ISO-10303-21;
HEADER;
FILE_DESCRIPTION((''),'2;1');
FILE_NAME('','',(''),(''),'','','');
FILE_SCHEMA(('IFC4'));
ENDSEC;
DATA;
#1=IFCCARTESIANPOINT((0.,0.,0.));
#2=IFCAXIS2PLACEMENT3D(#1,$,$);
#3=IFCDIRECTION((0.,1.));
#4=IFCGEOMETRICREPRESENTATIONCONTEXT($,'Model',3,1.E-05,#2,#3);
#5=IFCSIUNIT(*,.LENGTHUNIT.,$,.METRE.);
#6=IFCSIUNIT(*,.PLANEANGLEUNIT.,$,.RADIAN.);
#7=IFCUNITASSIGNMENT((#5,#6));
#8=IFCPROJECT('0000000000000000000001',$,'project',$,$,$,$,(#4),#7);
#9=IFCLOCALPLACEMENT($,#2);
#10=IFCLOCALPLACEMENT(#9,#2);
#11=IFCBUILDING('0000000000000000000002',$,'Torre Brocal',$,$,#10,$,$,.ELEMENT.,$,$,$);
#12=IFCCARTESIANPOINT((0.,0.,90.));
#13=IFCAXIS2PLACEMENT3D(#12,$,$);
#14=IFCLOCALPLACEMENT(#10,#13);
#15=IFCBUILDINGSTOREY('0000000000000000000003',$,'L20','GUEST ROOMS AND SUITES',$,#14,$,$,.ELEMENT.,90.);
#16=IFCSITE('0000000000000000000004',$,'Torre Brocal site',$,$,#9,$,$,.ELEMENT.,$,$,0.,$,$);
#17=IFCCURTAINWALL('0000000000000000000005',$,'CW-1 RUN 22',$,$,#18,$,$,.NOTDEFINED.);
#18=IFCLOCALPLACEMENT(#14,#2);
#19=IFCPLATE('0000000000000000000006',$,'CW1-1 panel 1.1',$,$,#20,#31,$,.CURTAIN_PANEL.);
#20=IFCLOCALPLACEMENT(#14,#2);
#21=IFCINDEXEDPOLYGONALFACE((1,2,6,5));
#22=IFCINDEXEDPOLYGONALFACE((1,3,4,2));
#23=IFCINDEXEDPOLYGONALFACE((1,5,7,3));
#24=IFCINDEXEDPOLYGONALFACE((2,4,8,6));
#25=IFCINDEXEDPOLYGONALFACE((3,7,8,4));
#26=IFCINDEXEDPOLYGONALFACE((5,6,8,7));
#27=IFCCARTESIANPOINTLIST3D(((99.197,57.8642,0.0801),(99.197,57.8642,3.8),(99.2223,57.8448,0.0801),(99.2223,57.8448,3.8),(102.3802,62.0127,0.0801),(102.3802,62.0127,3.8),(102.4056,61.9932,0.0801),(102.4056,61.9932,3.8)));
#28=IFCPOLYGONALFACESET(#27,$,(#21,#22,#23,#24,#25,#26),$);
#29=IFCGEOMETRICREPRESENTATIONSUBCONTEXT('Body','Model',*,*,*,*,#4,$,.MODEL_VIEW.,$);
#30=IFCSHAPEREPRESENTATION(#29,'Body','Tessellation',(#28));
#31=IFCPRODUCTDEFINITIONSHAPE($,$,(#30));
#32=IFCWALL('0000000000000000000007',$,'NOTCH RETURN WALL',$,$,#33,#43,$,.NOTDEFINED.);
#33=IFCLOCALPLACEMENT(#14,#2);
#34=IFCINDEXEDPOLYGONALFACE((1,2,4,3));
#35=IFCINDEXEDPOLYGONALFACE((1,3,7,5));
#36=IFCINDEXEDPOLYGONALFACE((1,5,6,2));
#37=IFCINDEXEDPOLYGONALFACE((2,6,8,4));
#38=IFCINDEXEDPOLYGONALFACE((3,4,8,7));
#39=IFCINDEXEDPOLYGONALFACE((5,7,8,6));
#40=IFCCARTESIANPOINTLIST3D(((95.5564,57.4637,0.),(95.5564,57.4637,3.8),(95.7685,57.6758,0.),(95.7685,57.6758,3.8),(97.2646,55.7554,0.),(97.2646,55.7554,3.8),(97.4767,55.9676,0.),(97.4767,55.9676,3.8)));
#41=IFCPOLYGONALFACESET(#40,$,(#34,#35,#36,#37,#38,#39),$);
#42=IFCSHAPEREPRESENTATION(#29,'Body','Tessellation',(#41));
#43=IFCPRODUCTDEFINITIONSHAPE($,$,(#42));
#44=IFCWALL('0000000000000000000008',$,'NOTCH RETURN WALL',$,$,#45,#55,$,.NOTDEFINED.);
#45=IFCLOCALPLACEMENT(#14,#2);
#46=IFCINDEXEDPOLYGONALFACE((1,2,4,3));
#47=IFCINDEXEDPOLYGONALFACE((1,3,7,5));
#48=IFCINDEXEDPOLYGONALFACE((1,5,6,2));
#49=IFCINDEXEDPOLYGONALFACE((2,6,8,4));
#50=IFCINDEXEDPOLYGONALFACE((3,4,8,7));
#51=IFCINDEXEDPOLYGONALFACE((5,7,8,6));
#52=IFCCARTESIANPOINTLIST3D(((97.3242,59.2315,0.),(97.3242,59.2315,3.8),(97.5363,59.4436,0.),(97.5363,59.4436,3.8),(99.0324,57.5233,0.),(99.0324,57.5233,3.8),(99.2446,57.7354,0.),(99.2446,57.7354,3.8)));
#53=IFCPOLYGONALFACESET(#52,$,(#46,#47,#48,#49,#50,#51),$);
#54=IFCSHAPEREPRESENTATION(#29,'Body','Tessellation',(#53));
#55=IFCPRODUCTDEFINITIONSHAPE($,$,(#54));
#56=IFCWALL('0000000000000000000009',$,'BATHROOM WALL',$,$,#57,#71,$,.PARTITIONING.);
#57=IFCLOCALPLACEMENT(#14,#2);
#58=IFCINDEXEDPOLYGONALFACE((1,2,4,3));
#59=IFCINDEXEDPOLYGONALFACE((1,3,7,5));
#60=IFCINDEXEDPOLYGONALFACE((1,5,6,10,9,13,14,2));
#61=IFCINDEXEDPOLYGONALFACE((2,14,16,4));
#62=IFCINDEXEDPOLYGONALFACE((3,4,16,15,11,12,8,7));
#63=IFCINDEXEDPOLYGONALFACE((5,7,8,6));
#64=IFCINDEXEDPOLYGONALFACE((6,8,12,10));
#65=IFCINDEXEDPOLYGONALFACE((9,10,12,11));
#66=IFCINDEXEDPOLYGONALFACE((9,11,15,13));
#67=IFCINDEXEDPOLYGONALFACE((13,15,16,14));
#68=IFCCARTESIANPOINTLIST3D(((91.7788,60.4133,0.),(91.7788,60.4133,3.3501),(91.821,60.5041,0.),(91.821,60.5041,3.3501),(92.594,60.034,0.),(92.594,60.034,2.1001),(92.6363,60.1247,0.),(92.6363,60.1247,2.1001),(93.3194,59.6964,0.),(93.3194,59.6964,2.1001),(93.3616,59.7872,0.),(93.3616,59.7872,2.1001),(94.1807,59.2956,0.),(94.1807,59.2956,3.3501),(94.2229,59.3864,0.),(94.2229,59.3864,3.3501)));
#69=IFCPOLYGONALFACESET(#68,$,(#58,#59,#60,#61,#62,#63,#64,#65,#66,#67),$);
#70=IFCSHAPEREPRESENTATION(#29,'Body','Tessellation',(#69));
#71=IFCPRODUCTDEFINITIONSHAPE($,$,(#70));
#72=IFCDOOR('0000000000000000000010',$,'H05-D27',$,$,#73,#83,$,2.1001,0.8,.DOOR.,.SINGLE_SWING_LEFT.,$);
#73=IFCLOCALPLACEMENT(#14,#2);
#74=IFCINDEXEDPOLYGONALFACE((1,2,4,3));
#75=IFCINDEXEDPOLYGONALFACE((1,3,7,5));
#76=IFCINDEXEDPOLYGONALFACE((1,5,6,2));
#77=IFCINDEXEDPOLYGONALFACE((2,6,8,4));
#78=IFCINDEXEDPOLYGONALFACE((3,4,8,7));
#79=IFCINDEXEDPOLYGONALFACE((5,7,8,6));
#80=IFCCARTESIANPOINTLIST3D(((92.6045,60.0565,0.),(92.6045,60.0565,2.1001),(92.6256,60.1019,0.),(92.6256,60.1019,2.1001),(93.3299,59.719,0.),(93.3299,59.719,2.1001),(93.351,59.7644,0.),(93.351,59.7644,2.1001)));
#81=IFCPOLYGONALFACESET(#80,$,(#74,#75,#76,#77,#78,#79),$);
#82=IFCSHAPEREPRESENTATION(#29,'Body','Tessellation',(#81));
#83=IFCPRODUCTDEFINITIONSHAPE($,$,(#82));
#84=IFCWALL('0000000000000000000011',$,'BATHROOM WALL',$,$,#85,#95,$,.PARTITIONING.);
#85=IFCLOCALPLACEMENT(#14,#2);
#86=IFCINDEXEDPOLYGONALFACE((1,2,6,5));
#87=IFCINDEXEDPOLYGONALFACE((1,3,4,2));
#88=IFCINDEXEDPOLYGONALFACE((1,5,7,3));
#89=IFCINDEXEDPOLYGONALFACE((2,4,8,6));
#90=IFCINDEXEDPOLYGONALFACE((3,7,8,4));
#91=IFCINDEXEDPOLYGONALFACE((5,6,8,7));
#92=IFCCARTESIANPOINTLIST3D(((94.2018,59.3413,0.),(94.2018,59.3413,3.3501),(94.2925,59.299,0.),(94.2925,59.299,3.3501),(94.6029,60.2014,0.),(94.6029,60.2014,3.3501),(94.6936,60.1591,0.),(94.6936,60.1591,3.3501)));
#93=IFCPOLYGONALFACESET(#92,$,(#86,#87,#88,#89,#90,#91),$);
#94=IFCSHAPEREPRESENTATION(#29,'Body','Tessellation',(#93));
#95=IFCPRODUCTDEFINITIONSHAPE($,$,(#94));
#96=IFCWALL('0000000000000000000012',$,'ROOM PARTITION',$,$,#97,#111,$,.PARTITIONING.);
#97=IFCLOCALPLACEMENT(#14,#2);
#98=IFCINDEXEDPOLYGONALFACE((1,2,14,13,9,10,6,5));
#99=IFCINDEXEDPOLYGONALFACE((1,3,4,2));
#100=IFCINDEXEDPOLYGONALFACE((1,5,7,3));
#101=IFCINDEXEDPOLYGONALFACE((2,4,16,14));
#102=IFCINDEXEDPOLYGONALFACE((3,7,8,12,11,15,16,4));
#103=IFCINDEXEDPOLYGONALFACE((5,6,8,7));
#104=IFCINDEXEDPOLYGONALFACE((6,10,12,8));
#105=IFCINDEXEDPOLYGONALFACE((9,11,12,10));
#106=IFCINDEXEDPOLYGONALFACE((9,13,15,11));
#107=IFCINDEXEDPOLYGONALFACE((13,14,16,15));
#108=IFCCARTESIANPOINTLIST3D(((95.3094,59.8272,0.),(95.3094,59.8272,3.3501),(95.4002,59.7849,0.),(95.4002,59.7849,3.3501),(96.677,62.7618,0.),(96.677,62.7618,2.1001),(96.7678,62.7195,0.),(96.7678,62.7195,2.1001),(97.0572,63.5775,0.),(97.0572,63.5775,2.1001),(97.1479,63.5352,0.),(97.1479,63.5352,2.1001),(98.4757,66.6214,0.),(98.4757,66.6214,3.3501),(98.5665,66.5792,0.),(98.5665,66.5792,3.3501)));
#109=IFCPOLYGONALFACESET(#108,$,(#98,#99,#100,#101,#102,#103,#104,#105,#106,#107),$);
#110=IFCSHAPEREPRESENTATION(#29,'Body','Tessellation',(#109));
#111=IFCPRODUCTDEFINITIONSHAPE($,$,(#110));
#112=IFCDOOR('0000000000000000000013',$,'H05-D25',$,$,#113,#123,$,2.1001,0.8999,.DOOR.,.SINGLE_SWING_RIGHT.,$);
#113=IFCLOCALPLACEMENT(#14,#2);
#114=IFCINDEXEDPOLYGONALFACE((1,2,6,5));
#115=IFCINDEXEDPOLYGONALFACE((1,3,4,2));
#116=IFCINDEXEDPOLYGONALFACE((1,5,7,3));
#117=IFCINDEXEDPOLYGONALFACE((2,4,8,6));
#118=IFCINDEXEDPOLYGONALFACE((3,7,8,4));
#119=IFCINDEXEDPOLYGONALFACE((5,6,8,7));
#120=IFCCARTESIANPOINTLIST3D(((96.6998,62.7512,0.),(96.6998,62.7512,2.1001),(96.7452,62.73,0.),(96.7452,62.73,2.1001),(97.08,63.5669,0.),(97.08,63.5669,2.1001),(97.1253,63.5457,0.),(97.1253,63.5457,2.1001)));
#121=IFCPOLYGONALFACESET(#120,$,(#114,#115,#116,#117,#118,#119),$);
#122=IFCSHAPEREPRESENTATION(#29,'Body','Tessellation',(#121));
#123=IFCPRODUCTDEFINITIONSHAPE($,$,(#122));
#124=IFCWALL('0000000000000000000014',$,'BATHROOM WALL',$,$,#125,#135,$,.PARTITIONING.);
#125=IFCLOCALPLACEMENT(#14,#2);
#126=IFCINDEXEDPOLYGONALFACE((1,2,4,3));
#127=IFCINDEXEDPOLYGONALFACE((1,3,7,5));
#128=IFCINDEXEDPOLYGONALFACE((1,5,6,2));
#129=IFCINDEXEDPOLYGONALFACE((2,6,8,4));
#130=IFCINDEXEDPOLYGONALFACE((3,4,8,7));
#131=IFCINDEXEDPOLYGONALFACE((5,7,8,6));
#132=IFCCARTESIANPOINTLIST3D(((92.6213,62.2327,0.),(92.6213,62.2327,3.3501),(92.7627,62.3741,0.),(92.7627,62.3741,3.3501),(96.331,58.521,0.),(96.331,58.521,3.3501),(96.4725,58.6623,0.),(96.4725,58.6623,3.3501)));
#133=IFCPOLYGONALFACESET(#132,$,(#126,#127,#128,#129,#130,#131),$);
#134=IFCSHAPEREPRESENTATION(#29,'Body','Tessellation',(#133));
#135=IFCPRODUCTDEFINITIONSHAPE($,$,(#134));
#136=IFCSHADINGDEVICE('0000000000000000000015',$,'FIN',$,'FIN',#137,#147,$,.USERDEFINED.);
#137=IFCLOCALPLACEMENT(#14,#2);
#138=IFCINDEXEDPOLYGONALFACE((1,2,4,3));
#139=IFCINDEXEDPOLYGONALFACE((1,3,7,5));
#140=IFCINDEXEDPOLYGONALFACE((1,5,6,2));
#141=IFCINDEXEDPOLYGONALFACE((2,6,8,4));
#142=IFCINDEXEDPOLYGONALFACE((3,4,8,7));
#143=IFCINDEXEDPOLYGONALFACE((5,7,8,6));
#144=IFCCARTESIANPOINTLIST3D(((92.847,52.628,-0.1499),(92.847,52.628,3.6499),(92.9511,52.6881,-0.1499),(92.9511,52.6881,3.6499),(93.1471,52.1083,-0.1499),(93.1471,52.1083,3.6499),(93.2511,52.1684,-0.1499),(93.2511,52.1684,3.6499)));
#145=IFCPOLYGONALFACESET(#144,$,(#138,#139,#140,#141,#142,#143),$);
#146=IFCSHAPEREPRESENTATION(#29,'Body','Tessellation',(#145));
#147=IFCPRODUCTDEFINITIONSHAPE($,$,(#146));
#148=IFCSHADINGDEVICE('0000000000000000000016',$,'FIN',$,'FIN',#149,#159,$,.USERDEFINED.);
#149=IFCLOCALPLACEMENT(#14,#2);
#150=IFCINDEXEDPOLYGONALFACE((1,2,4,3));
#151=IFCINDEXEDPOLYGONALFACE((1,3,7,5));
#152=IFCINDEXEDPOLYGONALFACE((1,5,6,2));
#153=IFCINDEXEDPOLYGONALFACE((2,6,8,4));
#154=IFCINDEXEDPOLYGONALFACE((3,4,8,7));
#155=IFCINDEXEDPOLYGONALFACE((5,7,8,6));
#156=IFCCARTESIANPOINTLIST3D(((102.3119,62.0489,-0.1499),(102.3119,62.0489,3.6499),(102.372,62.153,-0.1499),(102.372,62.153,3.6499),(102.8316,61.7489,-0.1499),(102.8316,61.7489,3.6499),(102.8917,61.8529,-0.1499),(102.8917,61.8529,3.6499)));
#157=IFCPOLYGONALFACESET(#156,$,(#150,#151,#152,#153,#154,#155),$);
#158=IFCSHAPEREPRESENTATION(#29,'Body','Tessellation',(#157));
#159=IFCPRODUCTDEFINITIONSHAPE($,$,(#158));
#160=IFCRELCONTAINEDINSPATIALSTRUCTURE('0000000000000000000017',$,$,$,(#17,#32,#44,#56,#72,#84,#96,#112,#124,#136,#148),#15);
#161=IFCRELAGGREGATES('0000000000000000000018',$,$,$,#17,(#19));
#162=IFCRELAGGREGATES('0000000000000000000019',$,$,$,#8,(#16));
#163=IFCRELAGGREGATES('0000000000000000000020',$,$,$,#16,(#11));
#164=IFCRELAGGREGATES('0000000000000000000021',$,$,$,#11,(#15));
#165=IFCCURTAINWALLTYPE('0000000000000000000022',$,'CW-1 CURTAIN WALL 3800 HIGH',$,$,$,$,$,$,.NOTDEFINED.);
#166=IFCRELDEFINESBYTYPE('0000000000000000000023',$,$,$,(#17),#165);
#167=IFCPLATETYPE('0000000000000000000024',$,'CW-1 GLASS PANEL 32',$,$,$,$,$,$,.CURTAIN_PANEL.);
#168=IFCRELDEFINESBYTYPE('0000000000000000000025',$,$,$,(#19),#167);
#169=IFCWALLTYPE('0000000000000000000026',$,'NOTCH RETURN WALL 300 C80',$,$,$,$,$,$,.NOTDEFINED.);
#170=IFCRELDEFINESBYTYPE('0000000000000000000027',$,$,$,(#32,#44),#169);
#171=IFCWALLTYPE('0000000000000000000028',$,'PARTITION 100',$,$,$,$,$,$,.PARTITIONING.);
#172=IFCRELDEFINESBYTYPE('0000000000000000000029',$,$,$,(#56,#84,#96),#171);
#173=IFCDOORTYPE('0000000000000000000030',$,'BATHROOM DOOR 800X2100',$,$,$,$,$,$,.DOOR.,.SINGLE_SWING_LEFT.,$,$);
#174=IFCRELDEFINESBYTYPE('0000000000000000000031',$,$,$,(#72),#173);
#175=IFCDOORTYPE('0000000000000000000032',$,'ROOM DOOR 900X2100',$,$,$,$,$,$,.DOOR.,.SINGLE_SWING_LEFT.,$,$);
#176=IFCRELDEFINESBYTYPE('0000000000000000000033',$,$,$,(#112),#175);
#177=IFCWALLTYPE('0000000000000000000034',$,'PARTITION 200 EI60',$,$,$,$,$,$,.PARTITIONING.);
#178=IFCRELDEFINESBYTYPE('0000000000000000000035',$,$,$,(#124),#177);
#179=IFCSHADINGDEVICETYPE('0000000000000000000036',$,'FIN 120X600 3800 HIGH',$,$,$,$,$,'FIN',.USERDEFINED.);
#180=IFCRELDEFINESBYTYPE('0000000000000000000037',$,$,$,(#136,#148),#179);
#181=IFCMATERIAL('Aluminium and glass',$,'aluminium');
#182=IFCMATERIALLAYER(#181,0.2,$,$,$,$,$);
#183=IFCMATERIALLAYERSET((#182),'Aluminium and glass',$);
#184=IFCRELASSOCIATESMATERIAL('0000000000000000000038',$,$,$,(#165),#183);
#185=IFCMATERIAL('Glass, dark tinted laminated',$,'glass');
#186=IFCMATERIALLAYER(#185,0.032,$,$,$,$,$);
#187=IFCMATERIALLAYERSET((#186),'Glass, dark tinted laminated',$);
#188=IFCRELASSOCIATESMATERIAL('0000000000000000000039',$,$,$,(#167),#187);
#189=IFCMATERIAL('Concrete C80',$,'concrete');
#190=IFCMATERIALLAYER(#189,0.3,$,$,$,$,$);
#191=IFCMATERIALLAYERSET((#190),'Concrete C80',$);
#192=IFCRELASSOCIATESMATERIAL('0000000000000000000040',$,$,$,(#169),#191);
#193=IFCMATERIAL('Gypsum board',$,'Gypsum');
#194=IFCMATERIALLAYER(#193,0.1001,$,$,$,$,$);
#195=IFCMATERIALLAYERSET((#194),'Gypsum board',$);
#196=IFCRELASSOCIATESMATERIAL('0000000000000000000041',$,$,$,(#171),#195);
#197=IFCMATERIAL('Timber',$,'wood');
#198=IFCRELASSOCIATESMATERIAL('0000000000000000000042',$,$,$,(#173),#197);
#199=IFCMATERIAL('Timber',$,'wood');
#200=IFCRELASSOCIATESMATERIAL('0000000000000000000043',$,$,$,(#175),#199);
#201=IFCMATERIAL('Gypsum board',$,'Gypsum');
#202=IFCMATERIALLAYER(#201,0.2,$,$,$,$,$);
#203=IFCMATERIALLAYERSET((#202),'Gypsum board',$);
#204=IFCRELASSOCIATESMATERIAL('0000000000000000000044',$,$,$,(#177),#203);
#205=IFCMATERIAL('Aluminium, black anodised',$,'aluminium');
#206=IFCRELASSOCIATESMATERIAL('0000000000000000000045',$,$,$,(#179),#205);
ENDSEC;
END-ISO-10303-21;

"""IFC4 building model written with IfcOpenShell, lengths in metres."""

from ifc_helpers import new_model, si_unit, direction, frame, frame_2d, origin, origin_2d, place, context, subcontext, project, spatial, rectangle, extrude, material, layer, layer_set, material_profile, profile_set, type_object, element, fill, aggregate, save


model = new_model("IFC4")

# Units and contexts
model_context = context("Model", 3, precision=1e-05, world=origin(), true_north=direction((0.0, 1.0)))
body_context = subcontext(model_context, "Body", "Model", "MODEL_VIEW")
ifc_project = project(units=[si_unit("LENGTHUNIT", "METRE"), si_unit("PLANEANGLEUNIT", "RADIAN")], contexts=[model_context])

# Site, building, storey
site_placement = place(None, origin())
site = spatial("IfcSite", under=ifc_project, at=site_placement, Name="Torre Brocal site", CompositionType="ELEMENT", RefElevation=0.0)
building_placement = place(site_placement, origin())
building = spatial("IfcBuilding", under=site, at=building_placement, Name="Torre Brocal", CompositionType="ELEMENT")
storey_placement = place(building_placement, frame((0.0, 0.0, 90.0)))
storey = spatial("IfcBuildingStorey", under=building, at=storey_placement, Name="L20", Description="GUEST ROOMS AND SUITES", CompositionType="ELEMENT", Elevation=90.0)

# Shared definitions
ifc_material_1 = material(Name="Aluminium and glass", Category="aluminium")
ifc_layer_1 = layer(ifc_material_1, 0.2)
ifc_layer_set_1 = layer_set([ifc_layer_1], Name="Aluminium and glass")
curtain_wall_type = type_object("IfcCurtainWallType", Name="CW-1 CURTAIN WALL 3800 HIGH", PredefinedType="NOTDEFINED", material=ifc_layer_set_1)

# Curtain wall
curtain_wall_1_placement = place(storey_placement, origin())
curtain_wall_1 = element("IfcCurtainWall", 1, at=curtain_wall_1_placement, inside=storey, type_object=curtain_wall_type, Name="CW-1 RUN 22", PredefinedType="NOTDEFINED")

# Plate
ifc_material_2 = material(Name="Glass, dark tinted laminated", Category="glass")
ifc_layer_2 = layer(ifc_material_2, 0.032)
ifc_layer_set_2 = layer_set([ifc_layer_2], Name="Glass, dark tinted laminated")
plate_type = type_object("IfcPlateType", Name="CW-1 GLASS PANEL 32", PredefinedType="CURTAIN_PANEL", material=ifc_layer_set_2)
plate_1_placement = place(storey_placement, frame((100.8013, 59.9287, 0.0801), z_axis=(0.0, 0.0, 1.0), x_axis=(0.608761, 0.793353, 0.0)))
plate_1 = element("IfcPlate", 2, at=plate_1_placement, type_object=plate_type, Name="CW1-1 panel 1.1", PredefinedType="CURTAIN_PANEL", context=body_context, shape_type="SweptSolid", body=[
    extrude(rectangle(XDim=5.229, YDim=0.032, at=origin_2d()), origin(), (0.0, 0.0, 1.0), 3.72),
])
aggregate(curtain_wall_1, [plate_1])

# Walls
ifc_material_3 = material(Name="Concrete C80", Category="concrete")
ifc_layer_3 = layer(ifc_material_3, 0.3)
ifc_layer_set_3 = layer_set([ifc_layer_3], Name="Concrete C80")
wall_type_1 = type_object("IfcWallType", Name="NOTCH RETURN WALL 300 C80", PredefinedType="NOTDEFINED", material=ifc_layer_set_3)
for number, where, z_axis, x_axis, name in (
    (3, (95.6624, 57.5698, 0.0), (0.0, 0.0, 1.0), (0.707107, -0.707107, 0.0), "NOTCH RETURN WALL"),
    (4, (97.4302, 59.3376, 0.0), (0.0, 0.0, 1.0), (0.707107, -0.707107, 0.0), "NOTCH RETURN WALL"),
):
    element("IfcWall", number, at=place(storey_placement, frame(where, z_axis=z_axis, x_axis=x_axis)), inside=storey, type_object=wall_type_1, Name=name, PredefinedType="NOTDEFINED", context=body_context, shape_type="SweptSolid", body=[
        extrude(rectangle(XDim=2.4158, YDim=0.3, at=frame_2d((1.208, 0.0))), origin(), (0.0, 0.0, 1.0), 3.8),
    ])

# Wall, opening, door
ifc_material_4 = material(Name="Gypsum board", Category="Gypsum")
ifc_layer_4 = layer(ifc_material_4, 0.1001)
ifc_layer_set_4 = layer_set([ifc_layer_4], Name="Gypsum board")
wall_type_2 = type_object("IfcWallType", Name="PARTITION 100", PredefinedType="PARTITIONING", material=ifc_layer_set_4)
wall_1_placement = place(storey_placement, frame((91.7998, 60.4587, 0.0), z_axis=(0.0, 0.0, 1.0), x_axis=(0.906644, -0.421896, 0.0)))
wall_1 = element("IfcWall", 5, at=wall_1_placement, inside=storey, type_object=wall_type_2, Name="BATHROOM WALL", PredefinedType="PARTITIONING", context=body_context, shape_type="SweptSolid", body=[
    extrude(rectangle(XDim=2.6492, YDim=0.1001, at=frame_2d((1.3247, 0.0))), origin(), (0.0, 0.0, 1.0), 3.3501),
])
opening_1_placement = place(wall_1_placement, frame((0.8994, 0.0, 0.0)))
opening_1 = element("IfcOpeningElement", 6, at=opening_1_placement, cuts=wall_1, PredefinedType="OPENING", context=body_context, shape_type="SweptSolid", body=[
    extrude(rectangle(XDim=0.8, YDim=2.1001, at=frame_2d((0.3999, 1.05))), frame((0.0, 0.0601, 0.0), z_axis=(0.0, -1.0, 0.0), x_axis=(1.0, 0.0, 0.0)), (0.0, 0.0, 1.0), 0.1201),
])
ifc_material_5 = material(Name="Timber", Category="wood")
door_type_1 = type_object("IfcDoorType", Name="BATHROOM DOOR 800X2100", OperationType="SINGLE_SWING_LEFT", PredefinedType="DOOR", material=ifc_material_5)
door_1_placement = place(opening_1_placement, origin())
door_1 = element("IfcDoor", 7, at=door_1_placement, inside=storey, type_object=door_type_1, Name="H05-D27", OperationType="SINGLE_SWING_LEFT", OverallHeight=2.1001, OverallWidth=0.8, PredefinedType="DOOR", context=body_context, shape_type="SweptSolid", body=[
    extrude(rectangle(XDim=0.8, YDim=2.1001, at=frame_2d((0.3999, 1.05))), frame((0.0, 0.0249, 0.0), z_axis=(0.0, -1.0, 0.0), x_axis=(1.0, 0.0, 0.0)), (0.0, 0.0, 1.0), 0.05),
])
fill(opening_1, door_1)

# Wall
wall_2_placement = place(storey_placement, frame((94.2471, 59.3201, 0.0), z_axis=(0.0, 0.0, 1.0), x_axis=(0.42266, 0.906288, 0.0)))
element("IfcWall", 8, at=wall_2_placement, inside=storey, type_object=wall_type_2, Name="BATHROOM WALL", PredefinedType="PARTITIONING", context=body_context, shape_type="SweptSolid", body=[
    extrude(rectangle(XDim=0.949, YDim=0.1001, at=frame_2d((0.4746, 0.0))), origin(), (0.0, 0.0, 1.0), 3.3501),
])

# Wall, opening, door
wall_3_placement = place(storey_placement, frame((95.3547, 59.8059, 0.0), z_axis=(0.0, 0.0, 1.0), x_axis=(0.422408, 0.906406, 0.0)))
wall_3 = element("IfcWall", 9, at=wall_3_placement, inside=storey, type_object=wall_type_2, Name="ROOM PARTITION", PredefinedType="PARTITIONING", context=body_context, shape_type="SweptSolid", body=[
    extrude(rectangle(XDim=7.4958, YDim=0.1001, at=frame_2d((3.748, 0.0))), origin(), (0.0, 0.0, 1.0), 3.3501),
])
opening_2_placement = place(wall_3_placement, frame((3.2378, 0.0, 0.0)))
opening_2 = element("IfcOpeningElement", 10, at=opening_2_placement, cuts=wall_3, PredefinedType="OPENING", context=body_context, shape_type="SweptSolid", body=[
    extrude(rectangle(XDim=0.8999, YDim=2.1001, at=frame_2d((0.45, 1.05))), frame((0.0, 0.0601, 0.0), z_axis=(0.0, -1.0, 0.0), x_axis=(1.0, 0.0, 0.0)), (0.0, 0.0, 1.0), 0.1201),
])
ifc_material_6 = material(Name="Timber", Category="wood")
door_type_2 = type_object("IfcDoorType", Name="ROOM DOOR 900X2100", OperationType="SINGLE_SWING_LEFT", PredefinedType="DOOR", material=ifc_material_6)
door_2_placement = place(opening_2_placement, origin())
door_2 = element("IfcDoor", 11, at=door_2_placement, inside=storey, type_object=door_type_2, Name="H05-D25", OperationType="SINGLE_SWING_RIGHT", OverallHeight=2.1001, OverallWidth=0.8999, PredefinedType="DOOR", context=body_context, shape_type="SweptSolid", body=[
    extrude(rectangle(XDim=0.8999, YDim=2.1001, at=frame_2d((0.45, 1.05))), frame((0.0, 0.0249, 0.0), z_axis=(0.0, -1.0, 0.0), x_axis=(1.0, 0.0, 0.0)), (0.0, 0.0, 1.0), 0.05),
])
fill(opening_2, door_2)

# Wall
ifc_material_7 = material(Name="Gypsum board", Category="Gypsum")
ifc_layer_5 = layer(ifc_material_7, 0.2)
ifc_layer_set_5 = layer_set([ifc_layer_5], Name="Gypsum board")
wall_type_3 = type_object("IfcWallType", Name="PARTITION 200 EI60", PredefinedType="PARTITIONING", material=ifc_layer_set_5)
wall_4_placement = place(storey_placement, frame((92.6919, 62.3035, 0.0), z_axis=(0.0, 0.0, 1.0), x_axis=(0.706921, -0.707293, 0.0)))
element("IfcWall", 12, at=wall_4_placement, inside=storey, type_object=wall_type_3, Name="BATHROOM WALL", PredefinedType="PARTITIONING", context=body_context, shape_type="SweptSolid", body=[
    extrude(rectangle(XDim=5.2478, YDim=0.2, at=frame_2d((2.624, 0.0))), origin(), (0.0, 0.0, 1.0), 3.3501),
])

# Shading devices
ifc_material_8 = material(Name="Aluminium, black anodised", Category="aluminium")
ifc_material_profile_1 = material_profile(ifc_material_8, rectangle(XDim=0.1201, YDim=0.6001, at=origin_2d()), Name="FIN 120X600 3800 HIGH")
ifc_profile_set_1 = profile_set([ifc_material_profile_1], Name="Aluminium, black anodised")
shading_device_type = type_object("IfcShadingDeviceType", Name="FIN 120X600 3800 HIGH", ElementType="FIN", PredefinedType="USERDEFINED", material=ifc_profile_set_1)
for number, where, z_axis, x_axis, name in (
    (13, (93.0491, 52.3982, -0.1499), (0.0, 0.0, 1.0), (0.866025, 0.5, 0.0), "FIN"),
    (14, (102.6018, 61.9509, -0.1499), (0.0, 0.0, 1.0), (0.5, 0.866025, 0.0), "FIN"),
):
    element("IfcShadingDevice", number, at=place(storey_placement, frame(where, z_axis=z_axis, x_axis=x_axis)), inside=storey, type_object=shading_device_type, Name=name, ObjectType="FIN", PredefinedType="USERDEFINED", context=body_context, shape_type="SweptSolid", body=[
        extrude(rectangle(XDim=0.1201, YDim=0.6001, at=origin_2d()), origin(), (0.0, 0.0, 1.0), 3.7998),
    ])

save(model, "model.ifc")
